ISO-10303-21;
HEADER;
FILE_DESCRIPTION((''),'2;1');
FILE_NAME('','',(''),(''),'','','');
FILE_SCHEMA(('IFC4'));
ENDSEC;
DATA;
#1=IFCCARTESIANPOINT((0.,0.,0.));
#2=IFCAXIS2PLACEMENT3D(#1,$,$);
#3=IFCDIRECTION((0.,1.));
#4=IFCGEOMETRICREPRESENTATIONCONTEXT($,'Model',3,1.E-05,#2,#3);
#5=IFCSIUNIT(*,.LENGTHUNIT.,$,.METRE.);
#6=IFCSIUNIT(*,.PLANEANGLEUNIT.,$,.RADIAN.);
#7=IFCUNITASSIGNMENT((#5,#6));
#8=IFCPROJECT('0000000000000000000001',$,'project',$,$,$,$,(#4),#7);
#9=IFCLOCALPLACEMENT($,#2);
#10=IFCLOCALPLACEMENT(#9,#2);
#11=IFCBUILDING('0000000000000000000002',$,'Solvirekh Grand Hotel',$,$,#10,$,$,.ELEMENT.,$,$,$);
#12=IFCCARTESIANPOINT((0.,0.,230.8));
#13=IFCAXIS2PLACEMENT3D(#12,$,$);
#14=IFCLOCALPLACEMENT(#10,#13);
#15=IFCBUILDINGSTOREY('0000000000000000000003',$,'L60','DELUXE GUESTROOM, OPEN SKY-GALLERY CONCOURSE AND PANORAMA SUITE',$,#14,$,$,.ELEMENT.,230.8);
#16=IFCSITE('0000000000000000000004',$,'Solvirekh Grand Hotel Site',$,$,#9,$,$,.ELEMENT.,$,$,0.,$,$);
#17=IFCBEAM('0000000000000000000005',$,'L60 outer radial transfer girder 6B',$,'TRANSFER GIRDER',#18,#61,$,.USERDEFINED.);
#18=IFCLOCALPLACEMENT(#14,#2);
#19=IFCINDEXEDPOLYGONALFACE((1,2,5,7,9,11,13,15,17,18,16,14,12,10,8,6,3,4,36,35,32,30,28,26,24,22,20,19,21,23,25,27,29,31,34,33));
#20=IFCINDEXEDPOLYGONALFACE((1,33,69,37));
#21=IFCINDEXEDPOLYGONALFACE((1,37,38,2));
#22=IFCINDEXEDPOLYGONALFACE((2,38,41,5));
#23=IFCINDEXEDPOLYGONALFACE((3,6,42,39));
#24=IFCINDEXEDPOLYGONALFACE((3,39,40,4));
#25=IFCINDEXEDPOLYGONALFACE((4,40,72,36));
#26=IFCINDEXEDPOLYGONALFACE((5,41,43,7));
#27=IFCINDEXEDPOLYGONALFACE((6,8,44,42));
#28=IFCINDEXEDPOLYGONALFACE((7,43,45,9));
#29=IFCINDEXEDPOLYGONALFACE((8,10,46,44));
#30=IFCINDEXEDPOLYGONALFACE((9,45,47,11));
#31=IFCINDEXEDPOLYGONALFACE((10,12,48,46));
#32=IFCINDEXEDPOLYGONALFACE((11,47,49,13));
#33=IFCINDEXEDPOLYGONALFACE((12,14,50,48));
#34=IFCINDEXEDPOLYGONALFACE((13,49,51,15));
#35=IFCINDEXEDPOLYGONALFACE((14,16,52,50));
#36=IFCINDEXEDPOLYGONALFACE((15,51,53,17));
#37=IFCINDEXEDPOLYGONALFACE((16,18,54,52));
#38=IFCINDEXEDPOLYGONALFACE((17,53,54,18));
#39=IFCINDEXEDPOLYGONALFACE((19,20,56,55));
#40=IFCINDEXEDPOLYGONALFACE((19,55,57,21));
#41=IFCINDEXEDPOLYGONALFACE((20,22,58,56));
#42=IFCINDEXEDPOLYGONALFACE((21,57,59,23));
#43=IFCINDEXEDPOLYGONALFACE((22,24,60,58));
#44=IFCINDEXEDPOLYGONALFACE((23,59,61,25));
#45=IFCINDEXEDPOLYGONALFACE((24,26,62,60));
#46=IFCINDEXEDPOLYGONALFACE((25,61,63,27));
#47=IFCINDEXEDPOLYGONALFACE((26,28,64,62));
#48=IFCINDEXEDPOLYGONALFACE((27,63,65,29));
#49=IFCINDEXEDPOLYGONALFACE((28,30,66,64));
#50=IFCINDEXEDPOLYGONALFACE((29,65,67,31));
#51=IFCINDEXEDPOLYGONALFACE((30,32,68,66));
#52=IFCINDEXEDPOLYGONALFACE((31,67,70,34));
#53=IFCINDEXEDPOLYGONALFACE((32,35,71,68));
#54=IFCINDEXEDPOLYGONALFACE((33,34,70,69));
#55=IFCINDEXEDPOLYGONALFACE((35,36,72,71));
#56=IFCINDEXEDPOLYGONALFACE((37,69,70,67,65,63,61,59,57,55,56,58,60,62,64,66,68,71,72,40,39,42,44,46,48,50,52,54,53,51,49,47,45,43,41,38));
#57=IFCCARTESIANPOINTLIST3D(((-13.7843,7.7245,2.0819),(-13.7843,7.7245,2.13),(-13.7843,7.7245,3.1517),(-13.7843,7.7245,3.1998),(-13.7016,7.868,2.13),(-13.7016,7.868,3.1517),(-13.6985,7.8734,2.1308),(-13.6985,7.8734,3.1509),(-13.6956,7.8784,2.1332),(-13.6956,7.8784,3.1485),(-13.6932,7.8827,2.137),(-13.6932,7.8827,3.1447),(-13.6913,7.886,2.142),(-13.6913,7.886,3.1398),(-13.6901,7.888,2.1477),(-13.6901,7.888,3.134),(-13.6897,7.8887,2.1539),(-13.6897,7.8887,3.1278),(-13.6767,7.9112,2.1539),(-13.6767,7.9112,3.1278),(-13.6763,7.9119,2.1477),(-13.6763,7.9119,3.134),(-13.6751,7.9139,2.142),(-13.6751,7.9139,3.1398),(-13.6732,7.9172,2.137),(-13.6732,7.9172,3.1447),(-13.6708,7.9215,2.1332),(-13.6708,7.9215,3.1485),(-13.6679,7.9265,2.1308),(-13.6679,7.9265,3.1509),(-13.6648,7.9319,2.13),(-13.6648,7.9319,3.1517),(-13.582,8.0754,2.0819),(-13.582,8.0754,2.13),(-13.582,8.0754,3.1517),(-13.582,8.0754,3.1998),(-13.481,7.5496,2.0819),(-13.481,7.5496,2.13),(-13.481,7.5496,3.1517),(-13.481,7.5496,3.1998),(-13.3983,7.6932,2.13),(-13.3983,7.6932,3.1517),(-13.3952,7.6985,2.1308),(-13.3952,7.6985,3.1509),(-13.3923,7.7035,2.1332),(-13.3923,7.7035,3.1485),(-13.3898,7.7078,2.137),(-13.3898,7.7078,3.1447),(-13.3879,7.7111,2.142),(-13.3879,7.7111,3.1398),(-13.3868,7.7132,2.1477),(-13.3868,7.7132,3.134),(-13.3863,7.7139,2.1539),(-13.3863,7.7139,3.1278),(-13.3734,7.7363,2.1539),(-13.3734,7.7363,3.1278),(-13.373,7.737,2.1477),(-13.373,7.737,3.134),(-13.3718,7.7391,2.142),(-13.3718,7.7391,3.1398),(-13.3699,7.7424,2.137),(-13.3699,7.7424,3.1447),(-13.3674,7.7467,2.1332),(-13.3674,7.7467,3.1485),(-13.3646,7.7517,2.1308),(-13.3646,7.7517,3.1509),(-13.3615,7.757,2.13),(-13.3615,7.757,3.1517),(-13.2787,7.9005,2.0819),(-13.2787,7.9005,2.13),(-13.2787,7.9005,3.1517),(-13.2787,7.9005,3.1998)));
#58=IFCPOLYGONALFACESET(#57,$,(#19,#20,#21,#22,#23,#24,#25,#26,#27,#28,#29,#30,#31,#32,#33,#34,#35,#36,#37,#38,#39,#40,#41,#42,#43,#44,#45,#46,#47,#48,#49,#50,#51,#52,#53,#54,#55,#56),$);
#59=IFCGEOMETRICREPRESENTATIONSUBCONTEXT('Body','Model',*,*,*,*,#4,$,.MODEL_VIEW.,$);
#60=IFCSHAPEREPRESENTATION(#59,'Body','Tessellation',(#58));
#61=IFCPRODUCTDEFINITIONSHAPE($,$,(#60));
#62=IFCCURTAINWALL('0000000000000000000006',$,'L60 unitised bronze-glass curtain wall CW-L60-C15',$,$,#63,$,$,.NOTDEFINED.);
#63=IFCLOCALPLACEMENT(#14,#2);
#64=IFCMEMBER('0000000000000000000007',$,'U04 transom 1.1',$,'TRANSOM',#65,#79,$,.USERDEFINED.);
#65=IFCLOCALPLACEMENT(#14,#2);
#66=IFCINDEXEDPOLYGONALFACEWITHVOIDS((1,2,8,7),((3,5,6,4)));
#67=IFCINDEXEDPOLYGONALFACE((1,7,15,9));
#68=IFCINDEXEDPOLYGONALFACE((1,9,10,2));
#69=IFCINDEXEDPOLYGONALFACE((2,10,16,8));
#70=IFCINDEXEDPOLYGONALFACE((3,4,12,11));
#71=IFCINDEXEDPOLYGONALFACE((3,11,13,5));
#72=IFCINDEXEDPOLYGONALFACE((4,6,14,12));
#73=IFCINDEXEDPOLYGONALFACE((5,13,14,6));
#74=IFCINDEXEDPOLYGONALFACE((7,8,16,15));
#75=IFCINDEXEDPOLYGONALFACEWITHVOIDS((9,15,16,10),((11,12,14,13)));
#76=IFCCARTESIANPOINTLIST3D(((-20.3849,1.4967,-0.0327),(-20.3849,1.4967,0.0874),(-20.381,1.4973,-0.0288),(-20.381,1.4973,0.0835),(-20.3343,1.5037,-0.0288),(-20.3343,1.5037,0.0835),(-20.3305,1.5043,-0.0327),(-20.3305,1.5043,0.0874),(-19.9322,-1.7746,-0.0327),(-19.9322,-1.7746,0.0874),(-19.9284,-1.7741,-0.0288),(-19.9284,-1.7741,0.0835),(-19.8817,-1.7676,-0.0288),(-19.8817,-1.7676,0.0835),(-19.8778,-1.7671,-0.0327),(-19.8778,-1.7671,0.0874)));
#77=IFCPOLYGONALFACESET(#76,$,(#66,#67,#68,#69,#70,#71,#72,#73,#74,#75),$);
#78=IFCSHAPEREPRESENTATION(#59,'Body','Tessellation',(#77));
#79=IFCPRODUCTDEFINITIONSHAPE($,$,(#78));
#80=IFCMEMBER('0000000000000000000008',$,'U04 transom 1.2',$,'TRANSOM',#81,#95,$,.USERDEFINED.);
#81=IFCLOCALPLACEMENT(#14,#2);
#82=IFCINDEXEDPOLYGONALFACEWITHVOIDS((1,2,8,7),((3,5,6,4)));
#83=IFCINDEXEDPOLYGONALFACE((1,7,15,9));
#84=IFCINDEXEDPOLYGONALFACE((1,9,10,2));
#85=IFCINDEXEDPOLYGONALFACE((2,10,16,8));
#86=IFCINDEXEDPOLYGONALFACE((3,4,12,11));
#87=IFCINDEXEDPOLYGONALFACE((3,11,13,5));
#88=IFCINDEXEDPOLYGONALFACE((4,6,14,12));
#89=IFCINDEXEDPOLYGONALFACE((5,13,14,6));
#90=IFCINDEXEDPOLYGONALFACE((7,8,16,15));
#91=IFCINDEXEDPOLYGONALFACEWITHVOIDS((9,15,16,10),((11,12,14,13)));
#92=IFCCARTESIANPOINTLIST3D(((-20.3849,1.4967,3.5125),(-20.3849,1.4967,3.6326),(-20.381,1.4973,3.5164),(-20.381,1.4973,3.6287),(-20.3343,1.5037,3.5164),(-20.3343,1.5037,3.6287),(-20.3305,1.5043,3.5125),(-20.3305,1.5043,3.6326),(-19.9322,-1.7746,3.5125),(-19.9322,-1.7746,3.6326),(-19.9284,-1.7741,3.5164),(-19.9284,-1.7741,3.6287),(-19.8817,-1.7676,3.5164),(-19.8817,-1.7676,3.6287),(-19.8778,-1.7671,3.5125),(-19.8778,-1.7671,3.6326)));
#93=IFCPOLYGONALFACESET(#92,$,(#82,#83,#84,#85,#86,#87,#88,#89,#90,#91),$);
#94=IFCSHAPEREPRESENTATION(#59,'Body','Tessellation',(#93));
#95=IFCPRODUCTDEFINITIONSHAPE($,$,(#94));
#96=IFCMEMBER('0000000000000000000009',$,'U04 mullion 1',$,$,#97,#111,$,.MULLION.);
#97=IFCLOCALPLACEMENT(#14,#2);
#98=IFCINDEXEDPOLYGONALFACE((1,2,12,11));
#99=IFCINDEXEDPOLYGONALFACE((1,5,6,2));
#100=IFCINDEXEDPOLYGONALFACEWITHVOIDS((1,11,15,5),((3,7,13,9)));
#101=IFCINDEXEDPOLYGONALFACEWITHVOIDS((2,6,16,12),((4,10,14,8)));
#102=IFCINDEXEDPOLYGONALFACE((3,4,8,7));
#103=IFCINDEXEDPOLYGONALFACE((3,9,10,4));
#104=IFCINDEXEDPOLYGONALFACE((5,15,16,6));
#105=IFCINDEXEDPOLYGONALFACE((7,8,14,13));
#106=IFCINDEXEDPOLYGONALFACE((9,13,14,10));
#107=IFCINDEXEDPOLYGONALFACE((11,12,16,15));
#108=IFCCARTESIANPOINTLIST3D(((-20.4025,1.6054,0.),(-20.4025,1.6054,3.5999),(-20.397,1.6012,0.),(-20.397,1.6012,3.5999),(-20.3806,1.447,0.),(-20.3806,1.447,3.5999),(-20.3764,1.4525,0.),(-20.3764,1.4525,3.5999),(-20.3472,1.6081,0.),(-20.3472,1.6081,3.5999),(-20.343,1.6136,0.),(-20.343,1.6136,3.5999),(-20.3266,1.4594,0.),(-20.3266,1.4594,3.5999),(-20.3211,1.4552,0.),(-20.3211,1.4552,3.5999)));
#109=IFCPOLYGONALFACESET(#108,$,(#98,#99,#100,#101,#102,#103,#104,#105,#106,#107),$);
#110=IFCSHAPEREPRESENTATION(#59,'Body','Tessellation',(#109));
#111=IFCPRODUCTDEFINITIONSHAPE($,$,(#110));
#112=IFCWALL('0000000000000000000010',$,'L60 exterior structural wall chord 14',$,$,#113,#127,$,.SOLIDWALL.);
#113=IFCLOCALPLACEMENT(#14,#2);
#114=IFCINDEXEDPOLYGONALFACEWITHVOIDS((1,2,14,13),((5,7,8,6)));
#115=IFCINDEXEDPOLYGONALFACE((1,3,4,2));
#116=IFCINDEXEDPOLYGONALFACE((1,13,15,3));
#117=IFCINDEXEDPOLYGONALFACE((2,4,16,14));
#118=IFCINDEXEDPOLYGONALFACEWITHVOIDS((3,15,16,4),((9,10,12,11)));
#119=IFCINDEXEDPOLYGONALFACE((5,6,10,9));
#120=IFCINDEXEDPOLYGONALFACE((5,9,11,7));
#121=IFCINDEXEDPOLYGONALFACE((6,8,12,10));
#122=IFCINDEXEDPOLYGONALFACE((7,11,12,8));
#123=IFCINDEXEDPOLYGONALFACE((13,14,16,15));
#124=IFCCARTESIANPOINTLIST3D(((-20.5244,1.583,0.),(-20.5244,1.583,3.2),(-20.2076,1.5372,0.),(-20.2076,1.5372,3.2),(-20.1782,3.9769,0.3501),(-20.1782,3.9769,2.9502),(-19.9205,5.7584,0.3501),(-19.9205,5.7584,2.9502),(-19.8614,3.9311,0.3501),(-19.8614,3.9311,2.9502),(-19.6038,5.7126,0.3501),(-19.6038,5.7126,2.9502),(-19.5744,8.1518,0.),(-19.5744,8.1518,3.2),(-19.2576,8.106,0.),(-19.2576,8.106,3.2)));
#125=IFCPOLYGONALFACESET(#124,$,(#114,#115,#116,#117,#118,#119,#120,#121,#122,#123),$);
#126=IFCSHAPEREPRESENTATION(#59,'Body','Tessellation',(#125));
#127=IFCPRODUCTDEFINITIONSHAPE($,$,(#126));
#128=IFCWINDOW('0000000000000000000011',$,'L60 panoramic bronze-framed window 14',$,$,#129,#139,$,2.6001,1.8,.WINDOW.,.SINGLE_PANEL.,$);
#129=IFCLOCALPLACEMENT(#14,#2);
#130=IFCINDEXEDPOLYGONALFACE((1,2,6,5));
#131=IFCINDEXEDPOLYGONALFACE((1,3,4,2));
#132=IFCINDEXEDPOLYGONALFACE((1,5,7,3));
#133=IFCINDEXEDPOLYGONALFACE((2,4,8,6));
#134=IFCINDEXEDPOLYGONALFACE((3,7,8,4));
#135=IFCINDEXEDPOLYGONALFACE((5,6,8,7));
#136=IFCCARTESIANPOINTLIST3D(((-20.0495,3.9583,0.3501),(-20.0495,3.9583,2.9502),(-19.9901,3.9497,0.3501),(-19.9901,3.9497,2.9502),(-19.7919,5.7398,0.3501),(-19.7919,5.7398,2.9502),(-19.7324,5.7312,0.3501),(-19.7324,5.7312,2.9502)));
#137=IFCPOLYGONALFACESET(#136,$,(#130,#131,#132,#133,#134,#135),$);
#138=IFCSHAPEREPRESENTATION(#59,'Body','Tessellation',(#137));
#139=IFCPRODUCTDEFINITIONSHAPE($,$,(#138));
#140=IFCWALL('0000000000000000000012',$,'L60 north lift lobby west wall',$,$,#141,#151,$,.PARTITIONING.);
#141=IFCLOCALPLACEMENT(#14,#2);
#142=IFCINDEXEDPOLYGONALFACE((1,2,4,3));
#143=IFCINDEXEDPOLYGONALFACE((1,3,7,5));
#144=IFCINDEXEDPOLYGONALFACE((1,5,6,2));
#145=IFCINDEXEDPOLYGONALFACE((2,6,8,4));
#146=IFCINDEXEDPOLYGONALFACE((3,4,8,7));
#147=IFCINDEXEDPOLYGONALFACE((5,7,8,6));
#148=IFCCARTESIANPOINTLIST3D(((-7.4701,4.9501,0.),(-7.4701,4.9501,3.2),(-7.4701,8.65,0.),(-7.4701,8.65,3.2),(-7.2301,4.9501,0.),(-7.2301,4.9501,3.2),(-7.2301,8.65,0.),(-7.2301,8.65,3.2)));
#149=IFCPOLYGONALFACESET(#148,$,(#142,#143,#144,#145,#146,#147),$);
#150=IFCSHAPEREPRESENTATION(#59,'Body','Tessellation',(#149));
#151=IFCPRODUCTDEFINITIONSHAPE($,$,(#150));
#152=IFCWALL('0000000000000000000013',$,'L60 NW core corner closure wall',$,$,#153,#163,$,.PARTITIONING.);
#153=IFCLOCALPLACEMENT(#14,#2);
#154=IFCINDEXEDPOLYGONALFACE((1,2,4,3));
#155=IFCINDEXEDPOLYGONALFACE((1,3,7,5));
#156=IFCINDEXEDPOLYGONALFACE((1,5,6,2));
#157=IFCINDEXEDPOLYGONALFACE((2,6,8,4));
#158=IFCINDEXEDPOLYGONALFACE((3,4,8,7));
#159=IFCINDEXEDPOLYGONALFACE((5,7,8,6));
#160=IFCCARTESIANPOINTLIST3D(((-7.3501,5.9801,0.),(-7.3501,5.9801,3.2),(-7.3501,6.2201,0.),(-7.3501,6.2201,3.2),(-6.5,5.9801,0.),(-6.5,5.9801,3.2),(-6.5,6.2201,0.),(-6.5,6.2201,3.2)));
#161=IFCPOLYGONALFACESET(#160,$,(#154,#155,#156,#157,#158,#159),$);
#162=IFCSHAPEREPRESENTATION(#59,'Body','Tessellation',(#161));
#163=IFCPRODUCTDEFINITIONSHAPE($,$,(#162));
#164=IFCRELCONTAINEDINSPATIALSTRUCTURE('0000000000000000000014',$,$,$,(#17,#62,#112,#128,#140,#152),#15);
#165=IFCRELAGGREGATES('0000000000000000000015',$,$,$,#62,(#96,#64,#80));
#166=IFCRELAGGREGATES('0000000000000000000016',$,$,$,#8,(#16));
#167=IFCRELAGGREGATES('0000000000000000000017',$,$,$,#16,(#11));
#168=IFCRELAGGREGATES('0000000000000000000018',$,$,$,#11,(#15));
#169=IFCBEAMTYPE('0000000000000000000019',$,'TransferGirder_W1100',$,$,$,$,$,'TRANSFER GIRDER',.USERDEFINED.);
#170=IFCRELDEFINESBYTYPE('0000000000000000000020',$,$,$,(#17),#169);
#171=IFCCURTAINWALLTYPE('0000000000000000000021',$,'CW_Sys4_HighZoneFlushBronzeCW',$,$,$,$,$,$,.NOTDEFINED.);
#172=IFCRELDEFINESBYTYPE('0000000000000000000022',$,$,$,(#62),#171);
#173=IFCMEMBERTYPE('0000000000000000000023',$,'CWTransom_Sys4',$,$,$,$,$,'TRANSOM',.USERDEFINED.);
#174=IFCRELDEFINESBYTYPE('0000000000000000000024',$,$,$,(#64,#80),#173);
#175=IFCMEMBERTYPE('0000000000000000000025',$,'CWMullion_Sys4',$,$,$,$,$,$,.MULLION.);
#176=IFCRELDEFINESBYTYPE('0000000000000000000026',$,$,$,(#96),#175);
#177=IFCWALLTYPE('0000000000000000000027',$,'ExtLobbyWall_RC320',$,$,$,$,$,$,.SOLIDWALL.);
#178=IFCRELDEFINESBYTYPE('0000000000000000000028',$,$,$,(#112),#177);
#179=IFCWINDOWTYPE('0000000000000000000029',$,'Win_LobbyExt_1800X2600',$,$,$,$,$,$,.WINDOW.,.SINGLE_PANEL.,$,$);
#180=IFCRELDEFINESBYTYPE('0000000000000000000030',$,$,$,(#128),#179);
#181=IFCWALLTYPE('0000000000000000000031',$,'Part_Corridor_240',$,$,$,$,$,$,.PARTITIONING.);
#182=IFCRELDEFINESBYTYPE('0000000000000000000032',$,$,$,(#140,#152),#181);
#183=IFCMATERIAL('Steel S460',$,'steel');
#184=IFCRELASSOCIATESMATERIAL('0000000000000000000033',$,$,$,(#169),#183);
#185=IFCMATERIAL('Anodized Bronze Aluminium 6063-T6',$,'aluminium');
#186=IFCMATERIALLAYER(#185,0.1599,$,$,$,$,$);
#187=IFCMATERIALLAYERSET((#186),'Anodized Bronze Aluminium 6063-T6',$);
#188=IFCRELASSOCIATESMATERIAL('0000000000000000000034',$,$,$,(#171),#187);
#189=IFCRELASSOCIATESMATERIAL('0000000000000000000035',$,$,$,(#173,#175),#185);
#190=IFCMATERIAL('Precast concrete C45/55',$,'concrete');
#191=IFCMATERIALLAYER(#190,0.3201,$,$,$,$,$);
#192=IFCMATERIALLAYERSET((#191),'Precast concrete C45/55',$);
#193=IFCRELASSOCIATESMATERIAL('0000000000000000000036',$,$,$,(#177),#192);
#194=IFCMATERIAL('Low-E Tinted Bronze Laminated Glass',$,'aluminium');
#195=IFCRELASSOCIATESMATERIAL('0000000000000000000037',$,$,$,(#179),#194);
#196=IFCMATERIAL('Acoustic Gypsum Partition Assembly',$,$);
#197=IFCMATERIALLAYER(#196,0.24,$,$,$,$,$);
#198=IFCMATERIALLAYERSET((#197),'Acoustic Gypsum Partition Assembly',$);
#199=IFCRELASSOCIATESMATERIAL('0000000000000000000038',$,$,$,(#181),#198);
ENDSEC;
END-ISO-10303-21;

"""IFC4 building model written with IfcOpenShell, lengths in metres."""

from ifc_helpers import new_model, si_unit, direction, frame, frame_2d, origin, origin_2d, place, context, subcontext, project, spatial, rectangle, hollow_rectangle, i_section, extrude, source, transform, mapped, material, layer, layer_set, material_profile, profile_set, type_object, element, fill, aggregate, save


model = new_model("IFC4")

# Units and contexts
model_context = context("Model", 3, precision=1e-05, world=origin(), true_north=direction((0.0, 1.0)))
body_context = subcontext(model_context, "Body", "Model", "MODEL_VIEW")
ifc_project = project(units=[si_unit("LENGTHUNIT", "METRE"), si_unit("PLANEANGLEUNIT", "RADIAN")], contexts=[model_context])

# Site, building, storey
site_placement = place(None, origin())
site = spatial("IfcSite", under=ifc_project, at=site_placement, Name="Solvirekh Grand Hotel Site", CompositionType="ELEMENT", RefElevation=0.0)
building_placement = place(site_placement, origin())
building = spatial("IfcBuilding", under=site, at=building_placement, Name="Solvirekh Grand Hotel", CompositionType="ELEMENT")
storey_placement = place(building_placement, frame((0.0, 0.0, 230.8)))
storey = spatial("IfcBuildingStorey", under=building, at=storey_placement, Name="L60", Description="DELUXE GUESTROOM, OPEN SKY-GALLERY CONCOURSE AND PANORAMA SUITE", CompositionType="ELEMENT", Elevation=230.8)

# Beam
ifc_material_1 = material(Name="Steel S460", Category="steel")
ifc_material_profile_1 = material_profile(ifc_material_1, i_section(OverallWidth=0.405, OverallDepth=1.1179, WebThickness=0.0259, FlangeThickness=0.0481, FilletRadius=0.0239, at=origin_2d()), Name="W1100X499")
ifc_profile_set_1 = profile_set([ifc_material_profile_1], Name="Steel S460")
beam_type = type_object("IfcBeamType", Name="TransferGirder_W1100", ElementType="TRANSFER GIRDER", PredefinedType="USERDEFINED", material=ifc_profile_set_1)
beam_placement = place(storey_placement, frame((-13.3799, 7.7251, 2.6409), z_axis=(-0.866348, 0.499441, 0.0), x_axis=(-0.499441, -0.866348, 0.0)))
element("IfcBeam", 1, at=beam_placement, inside=storey, type_object=beam_type, Name="L60 outer radial transfer girder 6B", ObjectType="TRANSFER GIRDER", PredefinedType="USERDEFINED", context=body_context, shape_type="SweptSolid", body=[
    extrude(i_section(OverallWidth=0.405, OverallDepth=1.1179, WebThickness=0.0259, FlangeThickness=0.0481, FilletRadius=0.0239, at=origin_2d()), origin(), (0.0, 0.0, 1.0), 0.3501),
])

# Curtain wall, members
ifc_material_2 = material(Name="Anodized Bronze Aluminium 6063-T6", Category="aluminium")
ifc_layer_1 = layer(ifc_material_2, 0.1599)
ifc_layer_set_1 = layer_set([ifc_layer_1], Name="Anodized Bronze Aluminium 6063-T6")
curtain_wall_type = type_object("IfcCurtainWallType", Name="CW_Sys4_HighZoneFlushBronzeCW", PredefinedType="NOTDEFINED", material=ifc_layer_set_1)
curtain_wall_placement = place(storey_placement, origin())
curtain_wall = element("IfcCurtainWall", 2, at=curtain_wall_placement, inside=storey, type_object=curtain_wall_type, Name="L60 unitised bronze-glass curtain wall CW-L60-C15", PredefinedType="NOTDEFINED")
ifc_material_profile_2 = material_profile(ifc_material_2, hollow_rectangle(XDim=0.0549, YDim=0.1201, WallThickness=0.0039, at=origin_2d()), Name="ALU RHS 120X55X4")
ifc_profile_set_2 = profile_set([ifc_material_profile_2], Name="Anodized Bronze Aluminium 6063-T6")
member_type_1 = type_object("IfcMemberType", Name="CWTransom_Sys4", ElementType="TRANSOM", PredefinedType="USERDEFINED", material=ifc_profile_set_2)
shared_shape_1 = source(origin(), body_context, "Body", "SweptSolid", [
    extrude(hollow_rectangle(XDim=0.0549, YDim=0.1201, WallThickness=0.0039, at=origin_2d()), origin(), (0.0, 0.0, 1.0), 3.3025),
])
member_1_placement = place(storey_placement, frame((-20.3577, 1.5005, 0.0273), z_axis=(0.137063, -0.990562, 0.0), x_axis=(0.990562, 0.137063, 0.0)))
member_1 = element("IfcMember", 3, at=member_1_placement, type_object=member_type_1, Name="U04 transom 1.1", ObjectType="TRANSOM", PredefinedType="USERDEFINED", context=body_context, shape_type="MappedRepresentation", body=[
    mapped(shared_shape_1, transform((0.0, 0.0, 0.0), x_axis=(1.0, 0.0, 0.0), y_axis=(0.0, 1.0, 0.0), z_axis=(0.0, 0.0, 1.0), scale=1.0)),
])
member_2_placement = place(storey_placement, frame((-20.3577, 1.5005, 3.5725), z_axis=(0.137063, -0.990562, 0.0), x_axis=(0.990562, 0.137063, 0.0)))
member_2 = element("IfcMember", 4, at=member_2_placement, type_object=member_type_1, Name="U04 transom 1.2", ObjectType="TRANSOM", PredefinedType="USERDEFINED", context=body_context, shape_type="MappedRepresentation", body=[
    mapped(shared_shape_1, transform((0.0, 0.0, 0.0), x_axis=(1.0, 0.0, 0.0), y_axis=(0.0, 1.0, 0.0), z_axis=(0.0, 0.0, 1.0), scale=1.0)),
])
ifc_material_profile_3 = material_profile(ifc_material_2, hollow_rectangle(XDim=0.0601, YDim=0.1599, WallThickness=0.0049, at=origin_2d()), Name="ALU RHS 160X60X5")
ifc_profile_set_3 = profile_set([ifc_material_profile_3], Name="Anodized Bronze Aluminium 6063-T6")
member_type_2 = type_object("IfcMemberType", Name="CWMullion_Sys4", PredefinedType="MULLION", material=ifc_profile_set_3)
shared_shape_2 = source(origin(), body_context, "Body", "SweptSolid", [
    extrude(hollow_rectangle(XDim=0.0601, YDim=0.1599, WallThickness=0.0049, at=origin_2d()), origin(), (0.0, 0.0, 1.0), 3.5999),
])
member_3_placement = place(storey_placement, frame((-20.3618, 1.5303, 0.0), z_axis=(0.0, 0.0, 1.0), x_axis=(0.990562, 0.137066, 0.0)))
member_3 = element("IfcMember", 5, at=member_3_placement, type_object=member_type_2, Name="U04 mullion 1", PredefinedType="MULLION", context=body_context, shape_type="MappedRepresentation", body=[
    mapped(shared_shape_2, transform((0.0, 0.0, 0.0), x_axis=(1.0, 0.0, 0.0), y_axis=(0.0, 1.0, 0.0), z_axis=(0.0, 0.0, 1.0), scale=1.0)),
])
aggregate(curtain_wall, [member_3, member_1, member_2])

# Wall, opening, window
ifc_material_3 = material(Name="Precast concrete C45/55", Category="concrete")
ifc_layer_2 = layer(ifc_material_3, 0.3201)
ifc_layer_set_2 = layer_set([ifc_layer_2], Name="Precast concrete C45/55")
wall_type_1 = type_object("IfcWallType", Name="ExtLobbyWall_RC320", PredefinedType="SOLIDWALL", material=ifc_layer_set_2)
wall_1_placement = place(storey_placement, frame((-20.366, 1.5601, 0.0), z_axis=(0.0, 0.0, 1.0), x_axis=(0.143126, 0.989705, 0.0)))
wall_1 = element("IfcWall", 6, at=wall_1_placement, inside=storey, type_object=wall_type_1, Name="L60 exterior structural wall chord 14", PredefinedType="SOLIDWALL", context=body_context, shape_type="SweptSolid", body=[
    extrude(rectangle(XDim=6.6372, YDim=0.3201, at=frame_2d((3.3186, 0.0))), origin(), (0.0, 0.0, 1.0), 3.2),
])
opening_1_placement = place(wall_1_placement, frame((2.4189, 0.0, 0.3501)))
opening_1 = element("IfcOpeningElement", 7, at=opening_1_placement, cuts=wall_1, PredefinedType="OPENING", context=body_context, shape_type="SweptSolid", body=[
    extrude(rectangle(XDim=1.8, YDim=2.6001, at=frame_2d((0.8999, 1.3))), frame((0.0, 0.1699, 0.0), z_axis=(0.0, -1.0, 0.0), x_axis=(1.0, 0.0, 0.0)), (0.0, 0.0, 1.0), 0.3401),
])
ifc_material_4 = material(Name="Low-E Tinted Bronze Laminated Glass", Category="aluminium")
window_type = type_object("IfcWindowType", Name="Win_LobbyExt_1800X2600", PartitioningType="SINGLE_PANEL", PredefinedType="WINDOW", material=ifc_material_4)
window_placement = place(opening_1_placement, origin())
window = element("IfcWindow", 8, at=window_placement, inside=storey, type_object=window_type, Name="L60 panoramic bronze-framed window 14", OverallHeight=2.6001, OverallWidth=1.8, PartitioningType="SINGLE_PANEL", PredefinedType="WINDOW", context=body_context, shape_type="SweptSolid", body=[
    extrude(rectangle(XDim=1.8, YDim=2.6001, at=frame_2d((0.8999, 1.3))), frame((0.0, 0.03, 0.0), z_axis=(0.0, -1.0, 0.0), x_axis=(1.0, 0.0, 0.0)), (0.0, 0.0, 1.0), 0.0601),
])
fill(opening_1, window)

# Walls
ifc_material_5 = material(Name="Acoustic Gypsum Partition Assembly")
ifc_layer_3 = layer(ifc_material_5, 0.24)
ifc_layer_set_3 = layer_set([ifc_layer_3], Name="Acoustic Gypsum Partition Assembly")
wall_type_2 = type_object("IfcWallType", Name="Part_Corridor_240", PredefinedType="PARTITIONING", material=ifc_layer_set_3)
wall_2_placement = place(storey_placement, frame((-7.3501, 4.95, 0.0), z_axis=(0.0, 0.0, 1.0), x_axis=(0.0, 1.0, 0.0)))
element("IfcWall", 9, at=wall_2_placement, inside=storey, type_object=wall_type_2, Name="L60 north lift lobby west wall", PredefinedType="PARTITIONING", context=body_context, shape_type="SweptSolid", body=[
    extrude(rectangle(XDim=3.7, YDim=0.24, at=frame_2d((1.8501, 0.0))), origin(), (0.0, 0.0, 1.0), 3.2),
])
wall_3_placement = place(storey_placement, frame((-7.3501, 6.1001, 0.0), z_axis=(0.0, 0.0, 1.0), x_axis=(1.0, 0.0, 0.0)))
element("IfcWall", 10, at=wall_3_placement, inside=storey, type_object=wall_type_2, Name="L60 NW core corner closure wall", PredefinedType="PARTITIONING", context=body_context, shape_type="SweptSolid", body=[
    extrude(rectangle(XDim=0.8501, YDim=0.24, at=frame_2d((0.425, 0.0))), origin(), (0.0, 0.0, 1.0), 3.2),
])

save(model, "model.ifc")
